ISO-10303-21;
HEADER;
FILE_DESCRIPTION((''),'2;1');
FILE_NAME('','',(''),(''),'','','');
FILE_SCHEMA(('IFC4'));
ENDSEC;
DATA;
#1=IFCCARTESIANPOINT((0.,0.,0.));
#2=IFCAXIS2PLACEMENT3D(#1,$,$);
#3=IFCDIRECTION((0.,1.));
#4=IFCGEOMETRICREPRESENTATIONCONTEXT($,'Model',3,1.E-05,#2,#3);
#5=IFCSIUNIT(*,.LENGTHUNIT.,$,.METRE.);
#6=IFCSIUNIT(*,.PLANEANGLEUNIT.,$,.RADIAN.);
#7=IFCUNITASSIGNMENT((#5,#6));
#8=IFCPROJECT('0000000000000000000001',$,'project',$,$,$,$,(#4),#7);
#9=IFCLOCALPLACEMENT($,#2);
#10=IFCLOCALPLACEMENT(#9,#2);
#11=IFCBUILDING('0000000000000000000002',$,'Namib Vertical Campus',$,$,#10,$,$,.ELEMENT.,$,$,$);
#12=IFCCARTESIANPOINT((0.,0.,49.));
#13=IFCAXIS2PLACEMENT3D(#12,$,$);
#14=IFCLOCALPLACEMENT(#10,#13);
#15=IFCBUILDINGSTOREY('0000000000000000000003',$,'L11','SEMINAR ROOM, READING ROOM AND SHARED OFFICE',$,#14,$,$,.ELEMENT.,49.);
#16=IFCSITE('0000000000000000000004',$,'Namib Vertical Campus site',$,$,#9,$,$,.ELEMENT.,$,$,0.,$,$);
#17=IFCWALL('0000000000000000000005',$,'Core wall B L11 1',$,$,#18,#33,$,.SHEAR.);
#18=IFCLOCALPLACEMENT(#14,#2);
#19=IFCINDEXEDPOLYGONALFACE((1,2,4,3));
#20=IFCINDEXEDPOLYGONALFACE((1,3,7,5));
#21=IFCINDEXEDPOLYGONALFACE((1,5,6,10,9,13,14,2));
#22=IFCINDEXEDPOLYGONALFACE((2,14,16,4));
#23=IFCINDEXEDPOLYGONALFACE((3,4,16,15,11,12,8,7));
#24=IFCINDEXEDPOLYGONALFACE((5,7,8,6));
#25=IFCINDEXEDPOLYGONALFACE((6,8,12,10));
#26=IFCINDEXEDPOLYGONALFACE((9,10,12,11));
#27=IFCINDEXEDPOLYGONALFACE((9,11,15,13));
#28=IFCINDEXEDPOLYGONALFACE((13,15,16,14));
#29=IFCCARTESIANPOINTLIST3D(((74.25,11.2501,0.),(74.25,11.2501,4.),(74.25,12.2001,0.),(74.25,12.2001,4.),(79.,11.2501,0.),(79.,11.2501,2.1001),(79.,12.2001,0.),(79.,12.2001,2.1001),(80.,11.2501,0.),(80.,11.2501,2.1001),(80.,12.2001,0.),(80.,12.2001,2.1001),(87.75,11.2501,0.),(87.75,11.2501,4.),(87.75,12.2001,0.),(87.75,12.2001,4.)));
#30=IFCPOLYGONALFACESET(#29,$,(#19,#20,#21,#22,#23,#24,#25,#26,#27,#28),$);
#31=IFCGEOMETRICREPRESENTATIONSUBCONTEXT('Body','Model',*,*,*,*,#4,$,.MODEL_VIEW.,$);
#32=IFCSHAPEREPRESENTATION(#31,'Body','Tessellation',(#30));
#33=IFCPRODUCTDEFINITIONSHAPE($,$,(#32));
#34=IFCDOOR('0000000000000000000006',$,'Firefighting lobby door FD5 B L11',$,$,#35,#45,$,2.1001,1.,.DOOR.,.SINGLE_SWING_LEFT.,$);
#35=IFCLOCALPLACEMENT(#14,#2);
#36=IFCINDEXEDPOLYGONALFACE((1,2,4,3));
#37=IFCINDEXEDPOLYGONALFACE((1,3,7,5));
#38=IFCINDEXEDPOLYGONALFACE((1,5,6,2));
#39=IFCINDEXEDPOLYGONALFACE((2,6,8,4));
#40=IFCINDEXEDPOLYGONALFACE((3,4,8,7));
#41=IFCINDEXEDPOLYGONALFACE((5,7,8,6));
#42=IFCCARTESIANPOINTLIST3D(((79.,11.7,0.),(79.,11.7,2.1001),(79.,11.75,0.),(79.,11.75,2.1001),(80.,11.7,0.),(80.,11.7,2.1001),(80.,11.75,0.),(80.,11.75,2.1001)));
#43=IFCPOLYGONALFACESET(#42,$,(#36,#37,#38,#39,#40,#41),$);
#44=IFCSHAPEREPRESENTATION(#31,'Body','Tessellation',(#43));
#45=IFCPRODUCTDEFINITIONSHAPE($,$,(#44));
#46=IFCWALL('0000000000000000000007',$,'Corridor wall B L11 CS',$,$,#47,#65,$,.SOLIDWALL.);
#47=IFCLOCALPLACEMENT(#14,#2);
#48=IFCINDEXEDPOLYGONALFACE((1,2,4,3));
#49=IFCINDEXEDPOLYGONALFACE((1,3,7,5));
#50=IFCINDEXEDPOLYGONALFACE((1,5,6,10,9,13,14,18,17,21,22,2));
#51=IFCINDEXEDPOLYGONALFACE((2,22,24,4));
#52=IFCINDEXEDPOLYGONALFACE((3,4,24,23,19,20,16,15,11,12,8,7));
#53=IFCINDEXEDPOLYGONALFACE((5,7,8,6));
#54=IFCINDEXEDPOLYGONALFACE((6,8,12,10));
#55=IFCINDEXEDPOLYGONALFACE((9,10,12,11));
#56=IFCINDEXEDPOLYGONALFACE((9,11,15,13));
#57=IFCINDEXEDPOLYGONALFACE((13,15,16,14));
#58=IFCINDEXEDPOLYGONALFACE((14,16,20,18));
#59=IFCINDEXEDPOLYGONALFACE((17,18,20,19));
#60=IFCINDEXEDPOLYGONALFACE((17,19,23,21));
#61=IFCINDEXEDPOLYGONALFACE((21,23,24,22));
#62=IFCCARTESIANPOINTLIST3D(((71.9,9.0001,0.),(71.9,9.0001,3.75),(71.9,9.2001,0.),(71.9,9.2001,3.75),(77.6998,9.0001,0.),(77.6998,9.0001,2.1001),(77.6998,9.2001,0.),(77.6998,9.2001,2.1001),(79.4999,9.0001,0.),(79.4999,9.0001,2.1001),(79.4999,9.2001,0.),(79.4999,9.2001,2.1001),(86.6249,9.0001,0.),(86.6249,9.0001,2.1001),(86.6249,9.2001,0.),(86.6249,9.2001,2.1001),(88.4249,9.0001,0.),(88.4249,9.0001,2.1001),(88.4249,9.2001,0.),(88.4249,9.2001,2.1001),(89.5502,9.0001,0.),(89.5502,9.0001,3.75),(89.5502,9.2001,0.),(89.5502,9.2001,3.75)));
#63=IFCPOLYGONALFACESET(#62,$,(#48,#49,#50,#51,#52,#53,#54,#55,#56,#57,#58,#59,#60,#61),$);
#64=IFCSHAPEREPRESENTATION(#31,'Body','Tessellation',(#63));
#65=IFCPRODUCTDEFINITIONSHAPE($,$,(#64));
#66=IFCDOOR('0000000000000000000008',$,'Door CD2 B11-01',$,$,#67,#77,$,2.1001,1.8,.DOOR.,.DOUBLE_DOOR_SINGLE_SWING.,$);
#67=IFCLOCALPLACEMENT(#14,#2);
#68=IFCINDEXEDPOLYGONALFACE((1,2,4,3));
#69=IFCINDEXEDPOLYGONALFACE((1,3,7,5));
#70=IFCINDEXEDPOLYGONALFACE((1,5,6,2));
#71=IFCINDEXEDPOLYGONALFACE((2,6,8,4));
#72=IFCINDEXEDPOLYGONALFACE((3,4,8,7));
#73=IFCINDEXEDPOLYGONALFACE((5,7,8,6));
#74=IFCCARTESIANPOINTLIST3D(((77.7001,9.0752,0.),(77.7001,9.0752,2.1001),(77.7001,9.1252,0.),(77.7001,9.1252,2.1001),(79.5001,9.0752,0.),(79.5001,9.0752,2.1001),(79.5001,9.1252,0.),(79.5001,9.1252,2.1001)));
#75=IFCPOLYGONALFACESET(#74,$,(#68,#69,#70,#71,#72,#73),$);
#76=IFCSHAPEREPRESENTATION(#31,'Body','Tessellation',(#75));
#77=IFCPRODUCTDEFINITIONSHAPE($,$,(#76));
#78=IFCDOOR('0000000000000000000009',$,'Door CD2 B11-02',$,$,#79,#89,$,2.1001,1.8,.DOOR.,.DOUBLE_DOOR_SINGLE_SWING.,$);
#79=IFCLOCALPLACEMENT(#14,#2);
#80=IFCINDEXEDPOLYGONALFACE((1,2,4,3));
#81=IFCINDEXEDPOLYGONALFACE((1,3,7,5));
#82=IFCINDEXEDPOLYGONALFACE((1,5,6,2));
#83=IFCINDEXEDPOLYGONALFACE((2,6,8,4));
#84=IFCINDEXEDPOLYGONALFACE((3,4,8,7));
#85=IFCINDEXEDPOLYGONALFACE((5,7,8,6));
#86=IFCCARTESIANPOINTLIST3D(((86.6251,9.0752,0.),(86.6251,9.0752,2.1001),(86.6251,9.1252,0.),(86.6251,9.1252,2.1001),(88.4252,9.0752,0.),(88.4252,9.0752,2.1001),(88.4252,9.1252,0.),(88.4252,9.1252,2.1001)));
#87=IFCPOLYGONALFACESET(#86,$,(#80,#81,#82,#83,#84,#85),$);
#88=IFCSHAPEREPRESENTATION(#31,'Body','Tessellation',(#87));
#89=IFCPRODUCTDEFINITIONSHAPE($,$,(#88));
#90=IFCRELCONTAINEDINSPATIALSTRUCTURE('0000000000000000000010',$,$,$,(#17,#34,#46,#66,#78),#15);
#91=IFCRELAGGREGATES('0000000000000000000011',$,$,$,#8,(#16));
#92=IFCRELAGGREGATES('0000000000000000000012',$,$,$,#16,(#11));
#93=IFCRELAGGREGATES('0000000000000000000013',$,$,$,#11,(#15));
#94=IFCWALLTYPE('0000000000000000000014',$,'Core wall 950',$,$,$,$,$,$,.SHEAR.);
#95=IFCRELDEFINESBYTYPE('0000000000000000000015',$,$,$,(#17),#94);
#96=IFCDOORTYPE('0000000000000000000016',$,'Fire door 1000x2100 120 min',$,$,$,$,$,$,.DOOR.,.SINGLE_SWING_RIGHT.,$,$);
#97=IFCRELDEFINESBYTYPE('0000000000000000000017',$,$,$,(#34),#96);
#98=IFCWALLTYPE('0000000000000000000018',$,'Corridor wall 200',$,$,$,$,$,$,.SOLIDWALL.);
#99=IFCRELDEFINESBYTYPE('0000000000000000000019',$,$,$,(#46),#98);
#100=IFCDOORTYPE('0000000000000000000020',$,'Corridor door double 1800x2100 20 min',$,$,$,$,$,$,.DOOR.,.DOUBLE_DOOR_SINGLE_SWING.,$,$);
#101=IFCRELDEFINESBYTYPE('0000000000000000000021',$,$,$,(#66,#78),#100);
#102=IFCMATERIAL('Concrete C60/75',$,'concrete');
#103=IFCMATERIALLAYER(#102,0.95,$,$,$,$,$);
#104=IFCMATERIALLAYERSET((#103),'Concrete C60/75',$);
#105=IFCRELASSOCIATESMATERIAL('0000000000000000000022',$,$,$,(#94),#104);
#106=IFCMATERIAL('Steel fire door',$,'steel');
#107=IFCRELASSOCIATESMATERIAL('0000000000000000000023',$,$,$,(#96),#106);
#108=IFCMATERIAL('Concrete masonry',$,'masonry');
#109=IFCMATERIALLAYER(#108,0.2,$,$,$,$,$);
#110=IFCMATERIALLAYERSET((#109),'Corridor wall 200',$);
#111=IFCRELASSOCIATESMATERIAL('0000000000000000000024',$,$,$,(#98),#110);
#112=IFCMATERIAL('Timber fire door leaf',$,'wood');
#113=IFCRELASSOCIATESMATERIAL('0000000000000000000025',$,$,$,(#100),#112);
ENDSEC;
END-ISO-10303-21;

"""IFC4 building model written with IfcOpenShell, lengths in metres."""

from ifc_helpers import new_model, si_unit, direction, frame, frame_2d, origin, place, context, subcontext, project, spatial, rectangle, extrude, material, layer, layer_set, type_object, element, fill, save


model = new_model("IFC4")

# Units and contexts
model_context = context("Model", 3, precision=1e-05, world=origin(), true_north=direction((0.0, 1.0)))
body_context = subcontext(model_context, "Body", "Model", "MODEL_VIEW")
ifc_project = project(units=[si_unit("LENGTHUNIT", "METRE"), si_unit("PLANEANGLEUNIT", "RADIAN")], contexts=[model_context])

# Site, building, storey
site_placement = place(None, origin())
site = spatial("IfcSite", under=ifc_project, at=site_placement, Name="Namib Vertical Campus site", CompositionType="ELEMENT", RefElevation=0.0)
building_placement = place(site_placement, origin())
building = spatial("IfcBuilding", under=site, at=building_placement, Name="Namib Vertical Campus", CompositionType="ELEMENT")
storey_placement = place(building_placement, frame((0.0, 0.0, 49.0)))
storey = spatial("IfcBuildingStorey", under=building, at=storey_placement, Name="L11", Description="SEMINAR ROOM, READING ROOM AND SHARED OFFICE", CompositionType="ELEMENT", Elevation=49.0)

# Wall, opening, door
ifc_material_1 = material(Name="Concrete C60/75", Category="concrete")
ifc_layer_1 = layer(ifc_material_1, 0.95)
ifc_layer_set_1 = layer_set([ifc_layer_1], Name="Concrete C60/75")
wall_type_1 = type_object("IfcWallType", Name="Core wall 950", PredefinedType="SHEAR", material=ifc_layer_set_1)
wall_1_placement = place(storey_placement, frame((74.25, 11.7251, 0.0), z_axis=(0.0, 0.0, 1.0), x_axis=(1.0, 0.0, 0.0)))
wall_1 = element("IfcWall", 1, at=wall_1_placement, inside=storey, type_object=wall_type_1, Name="Core wall B L11 1", PredefinedType="SHEAR", context=body_context, shape_type="SweptSolid", body=[
    extrude(rectangle(XDim=13.5, YDim=0.95, at=frame_2d((6.75, 0.0))), origin(), (0.0, 0.0, 1.0), 4.0),
])
opening_1_placement = place(wall_1_placement, frame((4.75, 0.0, 0.0)))
opening_1 = element("IfcOpeningElement", 2, at=opening_1_placement, cuts=wall_1, PredefinedType="OPENING", context=body_context, shape_type="SweptSolid", body=[
    extrude(rectangle(XDim=1.0, YDim=2.1001, at=frame_2d((0.5, 1.05))), frame((0.0, 0.4849, 0.0), z_axis=(0.0, -1.0, 0.0), x_axis=(1.0, 0.0, 0.0)), (0.0, 0.0, 1.0), 0.97),
])
ifc_material_2 = material(Name="Steel fire door", Category="steel")
door_type_1 = type_object("IfcDoorType", Name="Fire door 1000x2100 120 min", OperationType="SINGLE_SWING_RIGHT", PredefinedType="DOOR", material=ifc_material_2)
door_1_placement = place(opening_1_placement, origin())
door_1 = element("IfcDoor", 3, at=door_1_placement, inside=storey, type_object=door_type_1, Name="Firefighting lobby door FD5 B L11", OperationType="SINGLE_SWING_LEFT", OverallHeight=2.1001, OverallWidth=1.0, PredefinedType="DOOR", context=body_context, shape_type="SweptSolid", body=[
    extrude(rectangle(XDim=1.0, YDim=2.1001, at=frame_2d((0.5, 1.05))), frame((0.0, 0.0249, 0.0), z_axis=(0.0, -1.0, 0.0), x_axis=(1.0, 0.0, 0.0)), (0.0, 0.0, 1.0), 0.05),
])
fill(opening_1, door_1)

# Wall, openings, doors
ifc_material_3 = material(Name="Concrete masonry", Category="masonry")
ifc_layer_2 = layer(ifc_material_3, 0.2)
ifc_layer_set_2 = layer_set([ifc_layer_2], Name="Corridor wall 200")
wall_type_2 = type_object("IfcWallType", Name="Corridor wall 200", PredefinedType="SOLIDWALL", material=ifc_layer_set_2)
wall_2_placement = place(storey_placement, frame((71.8999, 9.1001, 0.0), z_axis=(0.0, 0.0, 1.0), x_axis=(1.0, 0.0, 0.0)))
wall_2 = element("IfcWall", 4, at=wall_2_placement, inside=storey, type_object=wall_type_2, Name="Corridor wall B L11 CS", PredefinedType="SOLIDWALL", context=body_context, shape_type="SweptSolid", body=[
    extrude(rectangle(XDim=17.6501, YDim=0.2, at=frame_2d((8.8252, 0.0))), origin(), (0.0, 0.0, 1.0), 3.75),
])
opening_2_placement = place(wall_2_placement, frame((5.8, 0.0, 0.0)))
opening_2 = element("IfcOpeningElement", 5, at=opening_2_placement, cuts=wall_2, PredefinedType="OPENING", context=body_context, shape_type="SweptSolid", body=[
    extrude(rectangle(XDim=1.8, YDim=2.1001, at=frame_2d((0.8999, 1.05))), frame((0.0, 0.1099, 0.0), z_axis=(0.0, -1.0, 0.0), x_axis=(1.0, 0.0, 0.0)), (0.0, 0.0, 1.0), 0.22),
])
opening_3_placement = place(wall_2_placement, frame((14.7251, 0.0, 0.0)))
opening_3 = element("IfcOpeningElement", 6, at=opening_3_placement, cuts=wall_2, PredefinedType="OPENING", context=body_context, shape_type="SweptSolid", body=[
    extrude(rectangle(XDim=1.8, YDim=2.1001, at=frame_2d((0.8999, 1.05))), frame((0.0, 0.1099, 0.0), z_axis=(0.0, -1.0, 0.0), x_axis=(1.0, 0.0, 0.0)), (0.0, 0.0, 1.0), 0.22),
])
ifc_material_4 = material(Name="Timber fire door leaf", Category="wood")
door_type_2 = type_object("IfcDoorType", Name="Corridor door double 1800x2100 20 min", OperationType="DOUBLE_DOOR_SINGLE_SWING", PredefinedType="DOOR", material=ifc_material_4)
door_2_placement = place(opening_2_placement, frame((1.8, 0.0, 0.0), z_axis=(0.0, 0.0, 1.0), x_axis=(-1.0, 0.0, 0.0)))
door_2 = element("IfcDoor", 7, at=door_2_placement, inside=storey, type_object=door_type_2, Name="Door CD2 B11-01", OperationType="DOUBLE_DOOR_SINGLE_SWING", OverallHeight=2.1001, OverallWidth=1.8, PredefinedType="DOOR", context=body_context, shape_type="SweptSolid", body=[
    extrude(rectangle(XDim=1.8, YDim=2.1001, at=frame_2d((0.8999, 1.05))), frame((0.0, 0.0249, 0.0), z_axis=(0.0, -1.0, 0.0), x_axis=(1.0, 0.0, 0.0)), (0.0, 0.0, 1.0), 0.05),
])
fill(opening_2, door_2)
door_3_placement = place(opening_3_placement, frame((1.8, 0.0, 0.0), z_axis=(0.0, 0.0, 1.0), x_axis=(-1.0, 0.0, 0.0)))
door_3 = element("IfcDoor", 8, at=door_3_placement, inside=storey, type_object=door_type_2, Name="Door CD2 B11-02", OperationType="DOUBLE_DOOR_SINGLE_SWING", OverallHeight=2.1001, OverallWidth=1.8, PredefinedType="DOOR", context=body_context, shape_type="SweptSolid", body=[
    extrude(rectangle(XDim=1.8, YDim=2.1001, at=frame_2d((0.8999, 1.05))), frame((0.0, 0.0249, 0.0), z_axis=(0.0, -1.0, 0.0), x_axis=(1.0, 0.0, 0.0)), (0.0, 0.0, 1.0), 0.05),
])
fill(opening_3, door_3)

save(model, "model.ifc")
